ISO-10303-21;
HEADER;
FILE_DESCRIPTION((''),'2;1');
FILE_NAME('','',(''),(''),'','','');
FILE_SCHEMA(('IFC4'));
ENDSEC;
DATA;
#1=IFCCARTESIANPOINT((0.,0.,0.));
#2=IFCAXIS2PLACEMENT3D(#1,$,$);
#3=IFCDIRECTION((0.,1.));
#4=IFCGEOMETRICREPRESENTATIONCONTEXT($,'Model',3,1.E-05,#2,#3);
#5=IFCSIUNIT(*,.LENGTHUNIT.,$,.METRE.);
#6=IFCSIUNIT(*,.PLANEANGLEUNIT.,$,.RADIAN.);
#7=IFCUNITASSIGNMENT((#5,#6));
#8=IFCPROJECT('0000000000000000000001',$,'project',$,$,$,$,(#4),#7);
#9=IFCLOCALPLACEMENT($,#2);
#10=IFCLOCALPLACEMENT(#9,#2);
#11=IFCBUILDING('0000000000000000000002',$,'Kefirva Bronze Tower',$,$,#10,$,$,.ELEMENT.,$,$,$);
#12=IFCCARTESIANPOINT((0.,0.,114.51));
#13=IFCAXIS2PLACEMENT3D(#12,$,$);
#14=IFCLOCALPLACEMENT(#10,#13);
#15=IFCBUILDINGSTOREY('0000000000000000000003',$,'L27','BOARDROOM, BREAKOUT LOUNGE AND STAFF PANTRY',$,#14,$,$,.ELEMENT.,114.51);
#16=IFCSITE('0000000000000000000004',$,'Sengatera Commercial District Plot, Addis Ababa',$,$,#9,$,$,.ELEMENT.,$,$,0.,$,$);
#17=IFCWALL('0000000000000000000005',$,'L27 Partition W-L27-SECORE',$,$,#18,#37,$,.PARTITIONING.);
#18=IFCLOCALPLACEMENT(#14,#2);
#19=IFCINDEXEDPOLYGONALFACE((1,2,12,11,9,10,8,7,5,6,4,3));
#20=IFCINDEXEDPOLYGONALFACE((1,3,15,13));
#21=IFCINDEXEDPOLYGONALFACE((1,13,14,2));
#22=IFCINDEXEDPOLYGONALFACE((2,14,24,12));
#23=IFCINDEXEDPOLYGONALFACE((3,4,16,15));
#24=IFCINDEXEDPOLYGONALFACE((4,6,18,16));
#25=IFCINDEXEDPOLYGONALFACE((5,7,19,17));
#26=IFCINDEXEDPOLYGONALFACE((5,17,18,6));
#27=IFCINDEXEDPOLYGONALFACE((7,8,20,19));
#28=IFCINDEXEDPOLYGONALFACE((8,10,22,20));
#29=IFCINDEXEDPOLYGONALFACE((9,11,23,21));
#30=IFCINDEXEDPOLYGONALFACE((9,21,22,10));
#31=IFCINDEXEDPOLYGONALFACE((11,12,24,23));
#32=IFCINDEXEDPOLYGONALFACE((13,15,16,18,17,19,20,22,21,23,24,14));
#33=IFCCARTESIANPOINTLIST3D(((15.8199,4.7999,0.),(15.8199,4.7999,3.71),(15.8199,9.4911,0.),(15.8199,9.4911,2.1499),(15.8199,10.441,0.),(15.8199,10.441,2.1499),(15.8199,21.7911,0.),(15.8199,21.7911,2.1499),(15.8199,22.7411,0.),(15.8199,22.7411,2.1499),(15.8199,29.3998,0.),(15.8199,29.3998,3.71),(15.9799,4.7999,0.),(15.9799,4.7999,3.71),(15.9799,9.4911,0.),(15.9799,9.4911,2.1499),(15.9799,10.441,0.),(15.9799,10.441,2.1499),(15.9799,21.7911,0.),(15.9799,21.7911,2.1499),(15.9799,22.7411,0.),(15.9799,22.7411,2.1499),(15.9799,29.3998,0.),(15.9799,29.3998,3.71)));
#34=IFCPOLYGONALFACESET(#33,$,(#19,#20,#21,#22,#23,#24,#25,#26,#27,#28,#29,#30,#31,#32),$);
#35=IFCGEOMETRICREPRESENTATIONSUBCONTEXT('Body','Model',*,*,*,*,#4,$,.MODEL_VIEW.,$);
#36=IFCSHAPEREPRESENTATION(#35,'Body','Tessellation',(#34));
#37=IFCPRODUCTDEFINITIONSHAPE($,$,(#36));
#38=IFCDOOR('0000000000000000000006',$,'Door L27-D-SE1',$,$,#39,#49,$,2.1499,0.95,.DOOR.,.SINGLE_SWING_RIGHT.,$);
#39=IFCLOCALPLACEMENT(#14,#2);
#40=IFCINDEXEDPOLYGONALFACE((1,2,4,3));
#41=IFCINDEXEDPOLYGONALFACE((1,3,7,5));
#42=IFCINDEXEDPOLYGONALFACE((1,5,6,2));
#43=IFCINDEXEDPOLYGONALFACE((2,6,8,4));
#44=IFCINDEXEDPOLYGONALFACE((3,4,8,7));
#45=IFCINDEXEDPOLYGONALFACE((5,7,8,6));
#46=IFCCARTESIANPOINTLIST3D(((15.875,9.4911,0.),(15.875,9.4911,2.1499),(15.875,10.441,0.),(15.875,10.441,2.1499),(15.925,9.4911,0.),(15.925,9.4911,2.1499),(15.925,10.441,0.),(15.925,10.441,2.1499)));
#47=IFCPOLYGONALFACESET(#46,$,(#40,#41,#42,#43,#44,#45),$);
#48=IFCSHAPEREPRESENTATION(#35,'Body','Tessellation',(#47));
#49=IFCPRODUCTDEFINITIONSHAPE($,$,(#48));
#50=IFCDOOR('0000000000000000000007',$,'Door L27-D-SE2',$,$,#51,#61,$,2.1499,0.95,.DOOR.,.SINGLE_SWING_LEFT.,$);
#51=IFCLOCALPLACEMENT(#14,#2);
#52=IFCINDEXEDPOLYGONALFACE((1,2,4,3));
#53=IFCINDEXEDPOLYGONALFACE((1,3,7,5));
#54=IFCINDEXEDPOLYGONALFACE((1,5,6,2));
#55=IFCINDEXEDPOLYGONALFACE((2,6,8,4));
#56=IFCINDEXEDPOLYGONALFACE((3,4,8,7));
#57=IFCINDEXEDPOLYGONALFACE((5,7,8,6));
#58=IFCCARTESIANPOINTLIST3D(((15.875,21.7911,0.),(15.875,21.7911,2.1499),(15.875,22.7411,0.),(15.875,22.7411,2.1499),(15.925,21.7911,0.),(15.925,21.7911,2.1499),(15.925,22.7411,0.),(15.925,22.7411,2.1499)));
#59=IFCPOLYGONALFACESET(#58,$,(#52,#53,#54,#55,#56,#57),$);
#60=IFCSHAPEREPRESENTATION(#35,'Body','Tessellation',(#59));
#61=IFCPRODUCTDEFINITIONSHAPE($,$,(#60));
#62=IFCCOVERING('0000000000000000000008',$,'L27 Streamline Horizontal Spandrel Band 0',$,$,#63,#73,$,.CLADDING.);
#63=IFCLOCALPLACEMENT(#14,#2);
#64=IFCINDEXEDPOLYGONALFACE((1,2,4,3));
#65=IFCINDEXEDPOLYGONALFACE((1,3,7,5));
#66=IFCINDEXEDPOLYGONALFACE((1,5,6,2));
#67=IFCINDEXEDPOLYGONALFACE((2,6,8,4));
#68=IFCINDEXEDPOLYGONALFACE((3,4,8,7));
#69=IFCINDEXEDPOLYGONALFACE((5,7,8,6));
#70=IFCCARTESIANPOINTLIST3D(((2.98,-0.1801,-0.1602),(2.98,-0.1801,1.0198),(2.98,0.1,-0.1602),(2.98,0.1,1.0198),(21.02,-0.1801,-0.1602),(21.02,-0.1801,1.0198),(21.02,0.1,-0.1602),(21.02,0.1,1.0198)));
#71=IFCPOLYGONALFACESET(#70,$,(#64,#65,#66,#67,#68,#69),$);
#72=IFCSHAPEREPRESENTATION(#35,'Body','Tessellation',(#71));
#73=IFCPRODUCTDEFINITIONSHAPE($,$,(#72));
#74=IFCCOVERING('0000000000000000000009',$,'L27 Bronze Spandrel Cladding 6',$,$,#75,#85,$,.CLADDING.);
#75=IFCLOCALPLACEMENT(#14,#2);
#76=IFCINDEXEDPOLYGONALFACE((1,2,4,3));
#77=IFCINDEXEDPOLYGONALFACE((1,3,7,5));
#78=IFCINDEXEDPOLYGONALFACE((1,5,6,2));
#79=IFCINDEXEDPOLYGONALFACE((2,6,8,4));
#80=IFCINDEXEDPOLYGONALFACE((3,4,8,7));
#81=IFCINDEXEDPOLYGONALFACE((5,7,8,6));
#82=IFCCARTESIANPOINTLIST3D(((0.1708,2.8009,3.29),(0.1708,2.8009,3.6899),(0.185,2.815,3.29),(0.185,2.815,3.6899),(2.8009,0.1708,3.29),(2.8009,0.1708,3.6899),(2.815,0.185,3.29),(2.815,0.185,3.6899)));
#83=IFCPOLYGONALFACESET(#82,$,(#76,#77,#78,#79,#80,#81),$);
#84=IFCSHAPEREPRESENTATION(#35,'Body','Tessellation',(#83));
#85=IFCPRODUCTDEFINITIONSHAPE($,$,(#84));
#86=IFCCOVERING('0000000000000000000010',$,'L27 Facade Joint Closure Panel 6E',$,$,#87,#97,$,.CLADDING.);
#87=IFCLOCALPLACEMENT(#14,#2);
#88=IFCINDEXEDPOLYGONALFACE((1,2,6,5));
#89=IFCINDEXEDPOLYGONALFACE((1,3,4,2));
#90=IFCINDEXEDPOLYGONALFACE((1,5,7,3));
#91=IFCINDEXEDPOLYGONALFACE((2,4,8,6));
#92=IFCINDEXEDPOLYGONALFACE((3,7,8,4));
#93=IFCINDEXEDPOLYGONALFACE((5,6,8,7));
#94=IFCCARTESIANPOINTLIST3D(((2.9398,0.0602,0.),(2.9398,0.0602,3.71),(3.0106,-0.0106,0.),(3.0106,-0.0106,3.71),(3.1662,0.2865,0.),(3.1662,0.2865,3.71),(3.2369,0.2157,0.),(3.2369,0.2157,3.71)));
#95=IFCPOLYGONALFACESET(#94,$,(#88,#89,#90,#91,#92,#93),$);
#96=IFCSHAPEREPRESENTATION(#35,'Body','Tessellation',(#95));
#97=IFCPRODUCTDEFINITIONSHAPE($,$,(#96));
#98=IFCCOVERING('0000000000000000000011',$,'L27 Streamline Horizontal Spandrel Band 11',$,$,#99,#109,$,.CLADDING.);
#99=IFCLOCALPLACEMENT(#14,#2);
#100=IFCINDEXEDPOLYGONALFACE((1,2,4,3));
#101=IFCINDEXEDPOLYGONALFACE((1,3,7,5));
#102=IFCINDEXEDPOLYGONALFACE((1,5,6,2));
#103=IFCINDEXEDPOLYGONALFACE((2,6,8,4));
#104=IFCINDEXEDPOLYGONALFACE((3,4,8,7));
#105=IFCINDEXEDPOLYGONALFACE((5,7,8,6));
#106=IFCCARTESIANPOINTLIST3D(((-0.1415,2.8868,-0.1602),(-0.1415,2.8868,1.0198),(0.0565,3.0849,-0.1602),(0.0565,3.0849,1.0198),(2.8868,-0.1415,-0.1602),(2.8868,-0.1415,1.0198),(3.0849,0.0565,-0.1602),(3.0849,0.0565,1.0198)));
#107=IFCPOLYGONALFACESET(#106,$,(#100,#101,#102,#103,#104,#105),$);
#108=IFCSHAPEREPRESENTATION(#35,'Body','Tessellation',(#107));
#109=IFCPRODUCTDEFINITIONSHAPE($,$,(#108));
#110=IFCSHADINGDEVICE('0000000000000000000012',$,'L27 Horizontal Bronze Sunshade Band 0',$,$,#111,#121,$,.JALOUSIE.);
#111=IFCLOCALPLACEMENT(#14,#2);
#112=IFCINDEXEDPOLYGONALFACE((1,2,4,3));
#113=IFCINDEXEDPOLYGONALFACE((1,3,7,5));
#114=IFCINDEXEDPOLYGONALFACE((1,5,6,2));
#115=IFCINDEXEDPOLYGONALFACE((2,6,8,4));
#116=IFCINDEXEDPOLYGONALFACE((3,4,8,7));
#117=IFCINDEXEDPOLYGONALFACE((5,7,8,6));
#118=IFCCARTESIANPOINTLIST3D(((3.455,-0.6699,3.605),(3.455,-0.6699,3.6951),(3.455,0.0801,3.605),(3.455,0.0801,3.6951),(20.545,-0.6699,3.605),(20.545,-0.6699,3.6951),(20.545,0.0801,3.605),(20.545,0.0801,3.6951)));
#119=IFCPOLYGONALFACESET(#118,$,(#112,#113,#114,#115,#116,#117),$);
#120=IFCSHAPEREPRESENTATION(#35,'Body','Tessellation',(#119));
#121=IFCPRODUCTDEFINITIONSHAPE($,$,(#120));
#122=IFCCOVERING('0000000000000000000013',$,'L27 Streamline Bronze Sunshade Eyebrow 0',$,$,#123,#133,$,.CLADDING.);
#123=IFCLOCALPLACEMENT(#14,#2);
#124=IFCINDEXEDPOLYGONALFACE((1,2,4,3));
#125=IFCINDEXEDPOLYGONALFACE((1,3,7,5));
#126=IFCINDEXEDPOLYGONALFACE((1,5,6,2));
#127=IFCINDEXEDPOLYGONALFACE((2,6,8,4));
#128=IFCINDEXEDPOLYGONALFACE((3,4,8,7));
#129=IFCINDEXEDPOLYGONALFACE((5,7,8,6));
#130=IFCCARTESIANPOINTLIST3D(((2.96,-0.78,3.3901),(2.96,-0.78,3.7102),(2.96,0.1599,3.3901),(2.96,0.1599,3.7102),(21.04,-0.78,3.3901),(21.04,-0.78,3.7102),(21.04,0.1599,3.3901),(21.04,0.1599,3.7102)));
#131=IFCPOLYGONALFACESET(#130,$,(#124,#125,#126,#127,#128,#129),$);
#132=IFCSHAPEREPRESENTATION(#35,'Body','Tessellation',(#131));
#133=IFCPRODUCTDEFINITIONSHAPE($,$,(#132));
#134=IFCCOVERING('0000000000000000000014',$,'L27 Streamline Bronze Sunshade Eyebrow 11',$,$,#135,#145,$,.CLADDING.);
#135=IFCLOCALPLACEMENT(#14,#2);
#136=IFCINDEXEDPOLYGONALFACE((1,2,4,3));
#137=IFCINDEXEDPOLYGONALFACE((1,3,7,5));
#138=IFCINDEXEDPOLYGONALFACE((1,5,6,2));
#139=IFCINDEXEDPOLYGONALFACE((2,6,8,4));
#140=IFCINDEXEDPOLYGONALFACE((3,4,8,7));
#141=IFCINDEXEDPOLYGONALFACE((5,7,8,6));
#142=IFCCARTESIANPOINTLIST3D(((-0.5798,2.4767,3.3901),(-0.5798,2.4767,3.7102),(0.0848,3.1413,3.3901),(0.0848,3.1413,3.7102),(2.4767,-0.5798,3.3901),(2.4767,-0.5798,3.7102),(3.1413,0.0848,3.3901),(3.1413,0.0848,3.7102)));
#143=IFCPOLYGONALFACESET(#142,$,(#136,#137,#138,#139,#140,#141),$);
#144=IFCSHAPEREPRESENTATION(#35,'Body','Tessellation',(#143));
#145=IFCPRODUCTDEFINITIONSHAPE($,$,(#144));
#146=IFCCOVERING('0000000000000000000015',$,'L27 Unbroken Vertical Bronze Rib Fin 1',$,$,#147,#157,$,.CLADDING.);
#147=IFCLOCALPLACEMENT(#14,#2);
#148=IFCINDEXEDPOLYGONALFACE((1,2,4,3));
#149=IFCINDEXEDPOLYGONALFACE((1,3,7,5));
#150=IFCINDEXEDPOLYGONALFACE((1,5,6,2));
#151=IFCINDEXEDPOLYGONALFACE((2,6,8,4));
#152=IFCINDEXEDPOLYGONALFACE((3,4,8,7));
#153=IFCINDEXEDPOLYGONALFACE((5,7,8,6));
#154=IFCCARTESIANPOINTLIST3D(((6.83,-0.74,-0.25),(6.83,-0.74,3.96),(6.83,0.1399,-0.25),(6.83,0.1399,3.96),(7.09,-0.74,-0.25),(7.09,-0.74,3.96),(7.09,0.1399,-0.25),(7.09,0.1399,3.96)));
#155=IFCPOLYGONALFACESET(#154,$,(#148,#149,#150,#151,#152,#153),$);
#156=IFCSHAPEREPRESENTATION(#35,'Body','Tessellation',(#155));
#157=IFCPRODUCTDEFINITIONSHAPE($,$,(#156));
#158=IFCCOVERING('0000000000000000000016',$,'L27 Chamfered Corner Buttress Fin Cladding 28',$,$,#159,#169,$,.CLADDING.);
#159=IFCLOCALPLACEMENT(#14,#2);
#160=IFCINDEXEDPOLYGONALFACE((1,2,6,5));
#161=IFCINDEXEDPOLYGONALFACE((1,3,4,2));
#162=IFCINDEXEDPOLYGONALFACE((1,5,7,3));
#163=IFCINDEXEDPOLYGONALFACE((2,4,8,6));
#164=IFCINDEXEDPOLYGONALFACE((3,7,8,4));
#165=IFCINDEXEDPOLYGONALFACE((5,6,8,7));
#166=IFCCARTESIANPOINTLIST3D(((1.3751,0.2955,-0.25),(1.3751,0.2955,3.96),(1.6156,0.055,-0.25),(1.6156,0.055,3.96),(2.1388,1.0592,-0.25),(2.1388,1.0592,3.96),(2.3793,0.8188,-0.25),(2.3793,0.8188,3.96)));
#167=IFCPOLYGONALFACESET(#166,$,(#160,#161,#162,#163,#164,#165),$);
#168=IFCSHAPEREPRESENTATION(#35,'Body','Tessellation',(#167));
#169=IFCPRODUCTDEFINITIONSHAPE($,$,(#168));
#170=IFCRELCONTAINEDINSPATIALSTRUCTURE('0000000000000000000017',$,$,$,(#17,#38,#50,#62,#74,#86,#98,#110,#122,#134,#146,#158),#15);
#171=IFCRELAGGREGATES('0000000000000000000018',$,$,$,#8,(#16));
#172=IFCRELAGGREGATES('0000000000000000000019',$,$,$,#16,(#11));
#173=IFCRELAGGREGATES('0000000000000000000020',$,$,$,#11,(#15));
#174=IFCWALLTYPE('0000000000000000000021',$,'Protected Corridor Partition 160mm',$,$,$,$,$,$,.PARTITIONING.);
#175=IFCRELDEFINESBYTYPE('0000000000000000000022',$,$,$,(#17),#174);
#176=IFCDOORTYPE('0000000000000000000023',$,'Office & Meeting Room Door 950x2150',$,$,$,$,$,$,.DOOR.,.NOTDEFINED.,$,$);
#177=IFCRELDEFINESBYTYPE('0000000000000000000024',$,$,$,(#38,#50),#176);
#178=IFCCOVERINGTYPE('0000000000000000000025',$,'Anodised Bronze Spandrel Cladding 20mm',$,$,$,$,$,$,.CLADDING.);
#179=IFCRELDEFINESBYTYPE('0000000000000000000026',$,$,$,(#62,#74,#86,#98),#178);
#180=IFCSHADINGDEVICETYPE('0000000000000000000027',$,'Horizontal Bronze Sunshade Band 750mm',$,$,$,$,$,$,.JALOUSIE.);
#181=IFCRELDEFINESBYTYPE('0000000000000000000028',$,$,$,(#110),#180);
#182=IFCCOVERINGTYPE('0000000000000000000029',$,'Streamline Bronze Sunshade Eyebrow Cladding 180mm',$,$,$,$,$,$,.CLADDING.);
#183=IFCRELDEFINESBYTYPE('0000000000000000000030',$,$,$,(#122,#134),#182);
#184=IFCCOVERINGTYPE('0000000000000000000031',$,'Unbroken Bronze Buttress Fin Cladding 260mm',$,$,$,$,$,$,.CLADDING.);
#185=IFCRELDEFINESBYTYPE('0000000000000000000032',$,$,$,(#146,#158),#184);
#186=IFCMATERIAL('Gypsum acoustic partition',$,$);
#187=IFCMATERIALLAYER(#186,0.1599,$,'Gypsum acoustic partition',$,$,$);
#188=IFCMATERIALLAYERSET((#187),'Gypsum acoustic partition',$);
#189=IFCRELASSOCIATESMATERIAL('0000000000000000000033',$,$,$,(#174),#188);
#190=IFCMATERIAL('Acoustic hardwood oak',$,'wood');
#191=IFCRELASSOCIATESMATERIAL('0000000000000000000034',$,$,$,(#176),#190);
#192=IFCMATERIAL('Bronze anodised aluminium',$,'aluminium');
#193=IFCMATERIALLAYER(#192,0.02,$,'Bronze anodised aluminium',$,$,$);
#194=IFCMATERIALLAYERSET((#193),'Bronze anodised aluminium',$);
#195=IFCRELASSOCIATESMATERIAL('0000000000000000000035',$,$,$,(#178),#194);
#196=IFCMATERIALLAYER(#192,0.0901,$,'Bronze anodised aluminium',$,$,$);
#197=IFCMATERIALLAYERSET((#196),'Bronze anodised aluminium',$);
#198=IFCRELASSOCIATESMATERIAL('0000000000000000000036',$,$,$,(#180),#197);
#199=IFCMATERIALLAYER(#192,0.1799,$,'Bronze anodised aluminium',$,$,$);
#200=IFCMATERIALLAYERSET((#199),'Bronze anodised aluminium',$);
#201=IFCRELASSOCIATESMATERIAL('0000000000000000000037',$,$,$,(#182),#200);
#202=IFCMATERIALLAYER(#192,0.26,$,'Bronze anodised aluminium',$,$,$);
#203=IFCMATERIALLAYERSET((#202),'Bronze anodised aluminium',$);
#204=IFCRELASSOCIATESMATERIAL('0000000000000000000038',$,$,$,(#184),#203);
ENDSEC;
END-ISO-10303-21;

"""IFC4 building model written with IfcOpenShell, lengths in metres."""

from ifc_helpers import new_model, si_unit, direction, frame, frame_2d, origin, origin_2d, place, context, subcontext, project, spatial, rectangle, extrude, material, layer, layer_set, type_object, element, fill, save


model = new_model("IFC4")

# Units and contexts
model_context = context("Model", 3, precision=1e-05, world=origin(), true_north=direction((0.0, 1.0)))
body_context = subcontext(model_context, "Body", "Model", "MODEL_VIEW")
ifc_project = project(units=[si_unit("LENGTHUNIT", "METRE"), si_unit("PLANEANGLEUNIT", "RADIAN")], contexts=[model_context])

# Site, building, storey
site_placement = place(None, origin())
site = spatial("IfcSite", under=ifc_project, at=site_placement, Name="Sengatera Commercial District Plot, Addis Ababa", CompositionType="ELEMENT", RefElevation=0.0)
building_placement = place(site_placement, origin())
building = spatial("IfcBuilding", under=site, at=building_placement, Name="Kefirva Bronze Tower", CompositionType="ELEMENT")
storey_placement = place(building_placement, frame((0.0, 0.0, 114.51)))
storey = spatial("IfcBuildingStorey", under=building, at=storey_placement, Name="L27", Description="BOARDROOM, BREAKOUT LOUNGE AND STAFF PANTRY", CompositionType="ELEMENT", Elevation=114.51)

# Shared definitions
ifc_material_1 = material(Name="Bronze anodised aluminium", Category="aluminium")

# Wall, openings, doors
ifc_material_2 = material(Name="Gypsum acoustic partition")
ifc_layer_1 = layer(ifc_material_2, 0.1599, Name="Gypsum acoustic partition")
ifc_layer_set_1 = layer_set([ifc_layer_1], Name="Gypsum acoustic partition")
wall_type = type_object("IfcWallType", Name="Protected Corridor Partition 160mm", PredefinedType="PARTITIONING", material=ifc_layer_set_1)
ifc_material_3 = material(Name="Acoustic hardwood oak", Category="wood")
door_type = type_object("IfcDoorType", Name="Office & Meeting Room Door 950x2150", OperationType="NOTDEFINED", PredefinedType="DOOR", material=ifc_material_3)
wall_1_placement = place(storey_placement, frame((15.8999, 4.8, 0.0), z_axis=(0.0, 0.0, 1.0), x_axis=(0.0, 1.0, 0.0)))
wall_1 = element("IfcWall", 1, at=wall_1_placement, inside=storey, type_object=wall_type, Name="L27 Partition W-L27-SECORE", PredefinedType="PARTITIONING", context=body_context, shape_type="SweptSolid", body=[
    extrude(rectangle(XDim=24.5999, YDim=0.1599, at=frame_2d((12.2998, 0.0))), origin(), (0.0, 0.0, 1.0), 3.71),
])
opening_1_placement = place(wall_1_placement, frame((4.6909, 0.0, 0.0)))
opening_1 = element("IfcOpeningElement", 2, at=opening_1_placement, cuts=wall_1, PredefinedType="OPENING", context=body_context, shape_type="SweptSolid", body=[
    extrude(rectangle(XDim=0.95, YDim=2.1499, at=frame_2d((0.4751, 1.075))), frame((0.0, 0.0898, 0.0), z_axis=(0.0, -1.0, 0.0), x_axis=(1.0, 0.0, 0.0)), (0.0, 0.0, 1.0), 0.1799),
])
opening_2_placement = place(wall_1_placement, frame((16.991, 0.0, 0.0)))
opening_2 = element("IfcOpeningElement", 3, at=opening_2_placement, cuts=wall_1, PredefinedType="OPENING", context=body_context, shape_type="SweptSolid", body=[
    extrude(rectangle(XDim=0.95, YDim=2.1499, at=frame_2d((0.4751, 1.075))), frame((0.0, 0.0898, 0.0), z_axis=(0.0, -1.0, 0.0), x_axis=(1.0, 0.0, 0.0)), (0.0, 0.0, 1.0), 0.1799),
])
door_1_placement = place(opening_1_placement, origin())
door_1 = element("IfcDoor", 4, at=door_1_placement, inside=storey, type_object=door_type, Name="Door L27-D-SE1", OperationType="SINGLE_SWING_RIGHT", OverallHeight=2.1499, OverallWidth=0.95, PredefinedType="DOOR", context=body_context, shape_type="SweptSolid", body=[
    extrude(rectangle(XDim=0.95, YDim=2.1499, at=frame_2d((0.4751, 1.075))), frame((0.0, 0.0249, 0.0), z_axis=(0.0, -1.0, 0.0), x_axis=(1.0, 0.0, 0.0)), (0.0, 0.0, 1.0), 0.05),
])
fill(opening_1, door_1)
door_2_placement = place(opening_2_placement, origin())
door_2 = element("IfcDoor", 5, at=door_2_placement, inside=storey, type_object=door_type, Name="Door L27-D-SE2", OperationType="SINGLE_SWING_LEFT", OverallHeight=2.1499, OverallWidth=0.95, PredefinedType="DOOR", context=body_context, shape_type="SweptSolid", body=[
    extrude(rectangle(XDim=0.95, YDim=2.1499, at=frame_2d((0.4751, 1.075))), frame((0.0, 0.0249, 0.0), z_axis=(0.0, -1.0, 0.0), x_axis=(1.0, 0.0, 0.0)), (0.0, 0.0, 1.0), 0.05),
])
fill(opening_2, door_2)

# Coverings
ifc_layer_2 = layer(ifc_material_1, 0.02, Name="Bronze anodised aluminium")
ifc_layer_set_2 = layer_set([ifc_layer_2], Name="Bronze anodised aluminium")
covering_type_1 = type_object("IfcCoveringType", Name="Anodised Bronze Spandrel Cladding 20mm", PredefinedType="CLADDING", material=ifc_layer_set_2)
covering_1_placement = place(storey_placement, frame((12.0, -0.04, -0.1602), z_axis=(0.0, 0.0, 1.0), x_axis=(1.0, 0.0, 0.0)))
element("IfcCovering", 6, at=covering_1_placement, inside=storey, type_object=covering_type_1, Name="L27 Streamline Horizontal Spandrel Band 0", PredefinedType="CLADDING", context=body_context, shape_type="SweptSolid", body=[
    extrude(rectangle(XDim=18.04, YDim=0.28, at=origin_2d()), origin(), (0.0, 0.0, 1.0), 1.1799),
])
covering_2_placement = place(storey_placement, frame((1.4929, 1.4929, 3.29), z_axis=(0.0, 0.0, 1.0), x_axis=(0.707107, -0.707107, 0.0)))
element("IfcCovering", 7, at=covering_2_placement, inside=storey, type_object=covering_type_1, Name="L27 Bronze Spandrel Cladding 6", PredefinedType="CLADDING", context=body_context, shape_type="SweptSolid", body=[
    extrude(rectangle(XDim=3.7195, YDim=0.02, at=origin_2d()), origin(), (0.0, 0.0, 1.0), 0.3999),
])
covering_3_placement = place(storey_placement, frame((3.0884, 0.1379, 0.0), z_axis=(0.0, 0.0, 1.0), x_axis=(0.707107, -0.707107, 0.0)))
element("IfcCovering", 8, at=covering_3_placement, inside=storey, type_object=covering_type_1, Name="L27 Facade Joint Closure Panel 6E", PredefinedType="CLADDING", context=body_context, shape_type="SweptSolid", body=[
    extrude(rectangle(XDim=0.1001, YDim=0.3201, at=origin_2d()), origin(), (0.0, 0.0, 1.0), 3.71),
])
covering_4_placement = place(storey_placement, frame((1.4717, 1.4717, -0.1602), z_axis=(0.0, 0.0, 1.0), x_axis=(0.707107, -0.707107, 0.0)))
element("IfcCovering", 9, at=covering_4_placement, inside=storey, type_object=covering_type_1, Name="L27 Streamline Horizontal Spandrel Band 11", PredefinedType="CLADDING", context=body_context, shape_type="SweptSolid", body=[
    extrude(rectangle(XDim=4.2827, YDim=0.28, at=origin_2d()), origin(), (0.0, 0.0, 1.0), 1.1799),
])

# Shading device
ifc_layer_3 = layer(ifc_material_1, 0.0901, Name="Bronze anodised aluminium")
ifc_layer_set_3 = layer_set([ifc_layer_3], Name="Bronze anodised aluminium")
shading_device_type = type_object("IfcShadingDeviceType", Name="Horizontal Bronze Sunshade Band 750mm", PredefinedType="JALOUSIE", material=ifc_layer_set_3)
shading_device_placement = place(storey_placement, frame((12.0, -0.2949, 3.605), z_axis=(0.0, 0.0, 1.0), x_axis=(1.0, 0.0, 0.0)))
element("IfcShadingDevice", 10, at=shading_device_placement, inside=storey, type_object=shading_device_type, Name="L27 Horizontal Bronze Sunshade Band 0", PredefinedType="JALOUSIE", context=body_context, shape_type="SweptSolid", body=[
    extrude(rectangle(XDim=17.0901, YDim=0.75, at=origin_2d()), origin(), (0.0, 0.0, 1.0), 0.0901),
])

# Coverings
ifc_layer_4 = layer(ifc_material_1, 0.1799, Name="Bronze anodised aluminium")
ifc_layer_set_4 = layer_set([ifc_layer_4], Name="Bronze anodised aluminium")
covering_type_2 = type_object("IfcCoveringType", Name="Streamline Bronze Sunshade Eyebrow Cladding 180mm", PredefinedType="CLADDING", material=ifc_layer_set_4)
covering_5_placement = place(storey_placement, frame((12.0, -0.3101, 3.3901), z_axis=(0.0, 0.0, 1.0), x_axis=(1.0, 0.0, 0.0)))
element("IfcCovering", 11, at=covering_5_placement, inside=storey, type_object=covering_type_2, Name="L27 Streamline Bronze Sunshade Eyebrow 0", PredefinedType="CLADDING", context=body_context, shape_type="SweptSolid", body=[
    extrude(rectangle(XDim=18.0801, YDim=0.9399, at=origin_2d()), origin(), (0.0, 0.0, 1.0), 0.3201),
])
covering_6_placement = place(storey_placement, frame((1.2808, 1.2808, 3.3901), z_axis=(0.0, 0.0, 1.0), x_axis=(0.707107, -0.707107, 0.0)))
element("IfcCovering", 12, at=covering_6_placement, inside=storey, type_object=covering_type_2, Name="L27 Streamline Bronze Sunshade Eyebrow 11", PredefinedType="CLADDING", context=body_context, shape_type="SweptSolid", body=[
    extrude(rectangle(XDim=4.3225, YDim=0.9399, at=origin_2d()), origin(), (0.0, 0.0, 1.0), 0.3201),
])
ifc_layer_5 = layer(ifc_material_1, 0.26, Name="Bronze anodised aluminium")
ifc_layer_set_5 = layer_set([ifc_layer_5], Name="Bronze anodised aluminium")
covering_type_3 = type_object("IfcCoveringType", Name="Unbroken Bronze Buttress Fin Cladding 260mm", PredefinedType="CLADDING", material=ifc_layer_set_5)
covering_7_placement = place(storey_placement, frame((6.96, -0.3, -0.25), z_axis=(0.0, 0.0, 1.0), x_axis=(1.0, 0.0, 0.0)))
element("IfcCovering", 13, at=covering_7_placement, inside=storey, type_object=covering_type_3, Name="L27 Unbroken Vertical Bronze Rib Fin 1", PredefinedType="CLADDING", context=body_context, shape_type="SweptSolid", body=[
    extrude(rectangle(XDim=0.26, YDim=0.8799, at=origin_2d()), origin(), (0.0, 0.0, 1.0), 4.21),
])
covering_8_placement = place(storey_placement, frame((1.8772, 0.5571, -0.25), z_axis=(0.0, 0.0, 1.0), x_axis=(0.707107, -0.707107, 0.0)))
element("IfcCovering", 14, at=covering_8_placement, inside=storey, type_object=covering_type_3, Name="L27 Chamfered Corner Buttress Fin Cladding 28", PredefinedType="CLADDING", context=body_context, shape_type="SweptSolid", body=[
    extrude(rectangle(XDim=0.3401, YDim=1.0801, at=origin_2d()), origin(), (0.0, 0.0, 1.0), 4.21),
])

save(model, "model.ifc")
